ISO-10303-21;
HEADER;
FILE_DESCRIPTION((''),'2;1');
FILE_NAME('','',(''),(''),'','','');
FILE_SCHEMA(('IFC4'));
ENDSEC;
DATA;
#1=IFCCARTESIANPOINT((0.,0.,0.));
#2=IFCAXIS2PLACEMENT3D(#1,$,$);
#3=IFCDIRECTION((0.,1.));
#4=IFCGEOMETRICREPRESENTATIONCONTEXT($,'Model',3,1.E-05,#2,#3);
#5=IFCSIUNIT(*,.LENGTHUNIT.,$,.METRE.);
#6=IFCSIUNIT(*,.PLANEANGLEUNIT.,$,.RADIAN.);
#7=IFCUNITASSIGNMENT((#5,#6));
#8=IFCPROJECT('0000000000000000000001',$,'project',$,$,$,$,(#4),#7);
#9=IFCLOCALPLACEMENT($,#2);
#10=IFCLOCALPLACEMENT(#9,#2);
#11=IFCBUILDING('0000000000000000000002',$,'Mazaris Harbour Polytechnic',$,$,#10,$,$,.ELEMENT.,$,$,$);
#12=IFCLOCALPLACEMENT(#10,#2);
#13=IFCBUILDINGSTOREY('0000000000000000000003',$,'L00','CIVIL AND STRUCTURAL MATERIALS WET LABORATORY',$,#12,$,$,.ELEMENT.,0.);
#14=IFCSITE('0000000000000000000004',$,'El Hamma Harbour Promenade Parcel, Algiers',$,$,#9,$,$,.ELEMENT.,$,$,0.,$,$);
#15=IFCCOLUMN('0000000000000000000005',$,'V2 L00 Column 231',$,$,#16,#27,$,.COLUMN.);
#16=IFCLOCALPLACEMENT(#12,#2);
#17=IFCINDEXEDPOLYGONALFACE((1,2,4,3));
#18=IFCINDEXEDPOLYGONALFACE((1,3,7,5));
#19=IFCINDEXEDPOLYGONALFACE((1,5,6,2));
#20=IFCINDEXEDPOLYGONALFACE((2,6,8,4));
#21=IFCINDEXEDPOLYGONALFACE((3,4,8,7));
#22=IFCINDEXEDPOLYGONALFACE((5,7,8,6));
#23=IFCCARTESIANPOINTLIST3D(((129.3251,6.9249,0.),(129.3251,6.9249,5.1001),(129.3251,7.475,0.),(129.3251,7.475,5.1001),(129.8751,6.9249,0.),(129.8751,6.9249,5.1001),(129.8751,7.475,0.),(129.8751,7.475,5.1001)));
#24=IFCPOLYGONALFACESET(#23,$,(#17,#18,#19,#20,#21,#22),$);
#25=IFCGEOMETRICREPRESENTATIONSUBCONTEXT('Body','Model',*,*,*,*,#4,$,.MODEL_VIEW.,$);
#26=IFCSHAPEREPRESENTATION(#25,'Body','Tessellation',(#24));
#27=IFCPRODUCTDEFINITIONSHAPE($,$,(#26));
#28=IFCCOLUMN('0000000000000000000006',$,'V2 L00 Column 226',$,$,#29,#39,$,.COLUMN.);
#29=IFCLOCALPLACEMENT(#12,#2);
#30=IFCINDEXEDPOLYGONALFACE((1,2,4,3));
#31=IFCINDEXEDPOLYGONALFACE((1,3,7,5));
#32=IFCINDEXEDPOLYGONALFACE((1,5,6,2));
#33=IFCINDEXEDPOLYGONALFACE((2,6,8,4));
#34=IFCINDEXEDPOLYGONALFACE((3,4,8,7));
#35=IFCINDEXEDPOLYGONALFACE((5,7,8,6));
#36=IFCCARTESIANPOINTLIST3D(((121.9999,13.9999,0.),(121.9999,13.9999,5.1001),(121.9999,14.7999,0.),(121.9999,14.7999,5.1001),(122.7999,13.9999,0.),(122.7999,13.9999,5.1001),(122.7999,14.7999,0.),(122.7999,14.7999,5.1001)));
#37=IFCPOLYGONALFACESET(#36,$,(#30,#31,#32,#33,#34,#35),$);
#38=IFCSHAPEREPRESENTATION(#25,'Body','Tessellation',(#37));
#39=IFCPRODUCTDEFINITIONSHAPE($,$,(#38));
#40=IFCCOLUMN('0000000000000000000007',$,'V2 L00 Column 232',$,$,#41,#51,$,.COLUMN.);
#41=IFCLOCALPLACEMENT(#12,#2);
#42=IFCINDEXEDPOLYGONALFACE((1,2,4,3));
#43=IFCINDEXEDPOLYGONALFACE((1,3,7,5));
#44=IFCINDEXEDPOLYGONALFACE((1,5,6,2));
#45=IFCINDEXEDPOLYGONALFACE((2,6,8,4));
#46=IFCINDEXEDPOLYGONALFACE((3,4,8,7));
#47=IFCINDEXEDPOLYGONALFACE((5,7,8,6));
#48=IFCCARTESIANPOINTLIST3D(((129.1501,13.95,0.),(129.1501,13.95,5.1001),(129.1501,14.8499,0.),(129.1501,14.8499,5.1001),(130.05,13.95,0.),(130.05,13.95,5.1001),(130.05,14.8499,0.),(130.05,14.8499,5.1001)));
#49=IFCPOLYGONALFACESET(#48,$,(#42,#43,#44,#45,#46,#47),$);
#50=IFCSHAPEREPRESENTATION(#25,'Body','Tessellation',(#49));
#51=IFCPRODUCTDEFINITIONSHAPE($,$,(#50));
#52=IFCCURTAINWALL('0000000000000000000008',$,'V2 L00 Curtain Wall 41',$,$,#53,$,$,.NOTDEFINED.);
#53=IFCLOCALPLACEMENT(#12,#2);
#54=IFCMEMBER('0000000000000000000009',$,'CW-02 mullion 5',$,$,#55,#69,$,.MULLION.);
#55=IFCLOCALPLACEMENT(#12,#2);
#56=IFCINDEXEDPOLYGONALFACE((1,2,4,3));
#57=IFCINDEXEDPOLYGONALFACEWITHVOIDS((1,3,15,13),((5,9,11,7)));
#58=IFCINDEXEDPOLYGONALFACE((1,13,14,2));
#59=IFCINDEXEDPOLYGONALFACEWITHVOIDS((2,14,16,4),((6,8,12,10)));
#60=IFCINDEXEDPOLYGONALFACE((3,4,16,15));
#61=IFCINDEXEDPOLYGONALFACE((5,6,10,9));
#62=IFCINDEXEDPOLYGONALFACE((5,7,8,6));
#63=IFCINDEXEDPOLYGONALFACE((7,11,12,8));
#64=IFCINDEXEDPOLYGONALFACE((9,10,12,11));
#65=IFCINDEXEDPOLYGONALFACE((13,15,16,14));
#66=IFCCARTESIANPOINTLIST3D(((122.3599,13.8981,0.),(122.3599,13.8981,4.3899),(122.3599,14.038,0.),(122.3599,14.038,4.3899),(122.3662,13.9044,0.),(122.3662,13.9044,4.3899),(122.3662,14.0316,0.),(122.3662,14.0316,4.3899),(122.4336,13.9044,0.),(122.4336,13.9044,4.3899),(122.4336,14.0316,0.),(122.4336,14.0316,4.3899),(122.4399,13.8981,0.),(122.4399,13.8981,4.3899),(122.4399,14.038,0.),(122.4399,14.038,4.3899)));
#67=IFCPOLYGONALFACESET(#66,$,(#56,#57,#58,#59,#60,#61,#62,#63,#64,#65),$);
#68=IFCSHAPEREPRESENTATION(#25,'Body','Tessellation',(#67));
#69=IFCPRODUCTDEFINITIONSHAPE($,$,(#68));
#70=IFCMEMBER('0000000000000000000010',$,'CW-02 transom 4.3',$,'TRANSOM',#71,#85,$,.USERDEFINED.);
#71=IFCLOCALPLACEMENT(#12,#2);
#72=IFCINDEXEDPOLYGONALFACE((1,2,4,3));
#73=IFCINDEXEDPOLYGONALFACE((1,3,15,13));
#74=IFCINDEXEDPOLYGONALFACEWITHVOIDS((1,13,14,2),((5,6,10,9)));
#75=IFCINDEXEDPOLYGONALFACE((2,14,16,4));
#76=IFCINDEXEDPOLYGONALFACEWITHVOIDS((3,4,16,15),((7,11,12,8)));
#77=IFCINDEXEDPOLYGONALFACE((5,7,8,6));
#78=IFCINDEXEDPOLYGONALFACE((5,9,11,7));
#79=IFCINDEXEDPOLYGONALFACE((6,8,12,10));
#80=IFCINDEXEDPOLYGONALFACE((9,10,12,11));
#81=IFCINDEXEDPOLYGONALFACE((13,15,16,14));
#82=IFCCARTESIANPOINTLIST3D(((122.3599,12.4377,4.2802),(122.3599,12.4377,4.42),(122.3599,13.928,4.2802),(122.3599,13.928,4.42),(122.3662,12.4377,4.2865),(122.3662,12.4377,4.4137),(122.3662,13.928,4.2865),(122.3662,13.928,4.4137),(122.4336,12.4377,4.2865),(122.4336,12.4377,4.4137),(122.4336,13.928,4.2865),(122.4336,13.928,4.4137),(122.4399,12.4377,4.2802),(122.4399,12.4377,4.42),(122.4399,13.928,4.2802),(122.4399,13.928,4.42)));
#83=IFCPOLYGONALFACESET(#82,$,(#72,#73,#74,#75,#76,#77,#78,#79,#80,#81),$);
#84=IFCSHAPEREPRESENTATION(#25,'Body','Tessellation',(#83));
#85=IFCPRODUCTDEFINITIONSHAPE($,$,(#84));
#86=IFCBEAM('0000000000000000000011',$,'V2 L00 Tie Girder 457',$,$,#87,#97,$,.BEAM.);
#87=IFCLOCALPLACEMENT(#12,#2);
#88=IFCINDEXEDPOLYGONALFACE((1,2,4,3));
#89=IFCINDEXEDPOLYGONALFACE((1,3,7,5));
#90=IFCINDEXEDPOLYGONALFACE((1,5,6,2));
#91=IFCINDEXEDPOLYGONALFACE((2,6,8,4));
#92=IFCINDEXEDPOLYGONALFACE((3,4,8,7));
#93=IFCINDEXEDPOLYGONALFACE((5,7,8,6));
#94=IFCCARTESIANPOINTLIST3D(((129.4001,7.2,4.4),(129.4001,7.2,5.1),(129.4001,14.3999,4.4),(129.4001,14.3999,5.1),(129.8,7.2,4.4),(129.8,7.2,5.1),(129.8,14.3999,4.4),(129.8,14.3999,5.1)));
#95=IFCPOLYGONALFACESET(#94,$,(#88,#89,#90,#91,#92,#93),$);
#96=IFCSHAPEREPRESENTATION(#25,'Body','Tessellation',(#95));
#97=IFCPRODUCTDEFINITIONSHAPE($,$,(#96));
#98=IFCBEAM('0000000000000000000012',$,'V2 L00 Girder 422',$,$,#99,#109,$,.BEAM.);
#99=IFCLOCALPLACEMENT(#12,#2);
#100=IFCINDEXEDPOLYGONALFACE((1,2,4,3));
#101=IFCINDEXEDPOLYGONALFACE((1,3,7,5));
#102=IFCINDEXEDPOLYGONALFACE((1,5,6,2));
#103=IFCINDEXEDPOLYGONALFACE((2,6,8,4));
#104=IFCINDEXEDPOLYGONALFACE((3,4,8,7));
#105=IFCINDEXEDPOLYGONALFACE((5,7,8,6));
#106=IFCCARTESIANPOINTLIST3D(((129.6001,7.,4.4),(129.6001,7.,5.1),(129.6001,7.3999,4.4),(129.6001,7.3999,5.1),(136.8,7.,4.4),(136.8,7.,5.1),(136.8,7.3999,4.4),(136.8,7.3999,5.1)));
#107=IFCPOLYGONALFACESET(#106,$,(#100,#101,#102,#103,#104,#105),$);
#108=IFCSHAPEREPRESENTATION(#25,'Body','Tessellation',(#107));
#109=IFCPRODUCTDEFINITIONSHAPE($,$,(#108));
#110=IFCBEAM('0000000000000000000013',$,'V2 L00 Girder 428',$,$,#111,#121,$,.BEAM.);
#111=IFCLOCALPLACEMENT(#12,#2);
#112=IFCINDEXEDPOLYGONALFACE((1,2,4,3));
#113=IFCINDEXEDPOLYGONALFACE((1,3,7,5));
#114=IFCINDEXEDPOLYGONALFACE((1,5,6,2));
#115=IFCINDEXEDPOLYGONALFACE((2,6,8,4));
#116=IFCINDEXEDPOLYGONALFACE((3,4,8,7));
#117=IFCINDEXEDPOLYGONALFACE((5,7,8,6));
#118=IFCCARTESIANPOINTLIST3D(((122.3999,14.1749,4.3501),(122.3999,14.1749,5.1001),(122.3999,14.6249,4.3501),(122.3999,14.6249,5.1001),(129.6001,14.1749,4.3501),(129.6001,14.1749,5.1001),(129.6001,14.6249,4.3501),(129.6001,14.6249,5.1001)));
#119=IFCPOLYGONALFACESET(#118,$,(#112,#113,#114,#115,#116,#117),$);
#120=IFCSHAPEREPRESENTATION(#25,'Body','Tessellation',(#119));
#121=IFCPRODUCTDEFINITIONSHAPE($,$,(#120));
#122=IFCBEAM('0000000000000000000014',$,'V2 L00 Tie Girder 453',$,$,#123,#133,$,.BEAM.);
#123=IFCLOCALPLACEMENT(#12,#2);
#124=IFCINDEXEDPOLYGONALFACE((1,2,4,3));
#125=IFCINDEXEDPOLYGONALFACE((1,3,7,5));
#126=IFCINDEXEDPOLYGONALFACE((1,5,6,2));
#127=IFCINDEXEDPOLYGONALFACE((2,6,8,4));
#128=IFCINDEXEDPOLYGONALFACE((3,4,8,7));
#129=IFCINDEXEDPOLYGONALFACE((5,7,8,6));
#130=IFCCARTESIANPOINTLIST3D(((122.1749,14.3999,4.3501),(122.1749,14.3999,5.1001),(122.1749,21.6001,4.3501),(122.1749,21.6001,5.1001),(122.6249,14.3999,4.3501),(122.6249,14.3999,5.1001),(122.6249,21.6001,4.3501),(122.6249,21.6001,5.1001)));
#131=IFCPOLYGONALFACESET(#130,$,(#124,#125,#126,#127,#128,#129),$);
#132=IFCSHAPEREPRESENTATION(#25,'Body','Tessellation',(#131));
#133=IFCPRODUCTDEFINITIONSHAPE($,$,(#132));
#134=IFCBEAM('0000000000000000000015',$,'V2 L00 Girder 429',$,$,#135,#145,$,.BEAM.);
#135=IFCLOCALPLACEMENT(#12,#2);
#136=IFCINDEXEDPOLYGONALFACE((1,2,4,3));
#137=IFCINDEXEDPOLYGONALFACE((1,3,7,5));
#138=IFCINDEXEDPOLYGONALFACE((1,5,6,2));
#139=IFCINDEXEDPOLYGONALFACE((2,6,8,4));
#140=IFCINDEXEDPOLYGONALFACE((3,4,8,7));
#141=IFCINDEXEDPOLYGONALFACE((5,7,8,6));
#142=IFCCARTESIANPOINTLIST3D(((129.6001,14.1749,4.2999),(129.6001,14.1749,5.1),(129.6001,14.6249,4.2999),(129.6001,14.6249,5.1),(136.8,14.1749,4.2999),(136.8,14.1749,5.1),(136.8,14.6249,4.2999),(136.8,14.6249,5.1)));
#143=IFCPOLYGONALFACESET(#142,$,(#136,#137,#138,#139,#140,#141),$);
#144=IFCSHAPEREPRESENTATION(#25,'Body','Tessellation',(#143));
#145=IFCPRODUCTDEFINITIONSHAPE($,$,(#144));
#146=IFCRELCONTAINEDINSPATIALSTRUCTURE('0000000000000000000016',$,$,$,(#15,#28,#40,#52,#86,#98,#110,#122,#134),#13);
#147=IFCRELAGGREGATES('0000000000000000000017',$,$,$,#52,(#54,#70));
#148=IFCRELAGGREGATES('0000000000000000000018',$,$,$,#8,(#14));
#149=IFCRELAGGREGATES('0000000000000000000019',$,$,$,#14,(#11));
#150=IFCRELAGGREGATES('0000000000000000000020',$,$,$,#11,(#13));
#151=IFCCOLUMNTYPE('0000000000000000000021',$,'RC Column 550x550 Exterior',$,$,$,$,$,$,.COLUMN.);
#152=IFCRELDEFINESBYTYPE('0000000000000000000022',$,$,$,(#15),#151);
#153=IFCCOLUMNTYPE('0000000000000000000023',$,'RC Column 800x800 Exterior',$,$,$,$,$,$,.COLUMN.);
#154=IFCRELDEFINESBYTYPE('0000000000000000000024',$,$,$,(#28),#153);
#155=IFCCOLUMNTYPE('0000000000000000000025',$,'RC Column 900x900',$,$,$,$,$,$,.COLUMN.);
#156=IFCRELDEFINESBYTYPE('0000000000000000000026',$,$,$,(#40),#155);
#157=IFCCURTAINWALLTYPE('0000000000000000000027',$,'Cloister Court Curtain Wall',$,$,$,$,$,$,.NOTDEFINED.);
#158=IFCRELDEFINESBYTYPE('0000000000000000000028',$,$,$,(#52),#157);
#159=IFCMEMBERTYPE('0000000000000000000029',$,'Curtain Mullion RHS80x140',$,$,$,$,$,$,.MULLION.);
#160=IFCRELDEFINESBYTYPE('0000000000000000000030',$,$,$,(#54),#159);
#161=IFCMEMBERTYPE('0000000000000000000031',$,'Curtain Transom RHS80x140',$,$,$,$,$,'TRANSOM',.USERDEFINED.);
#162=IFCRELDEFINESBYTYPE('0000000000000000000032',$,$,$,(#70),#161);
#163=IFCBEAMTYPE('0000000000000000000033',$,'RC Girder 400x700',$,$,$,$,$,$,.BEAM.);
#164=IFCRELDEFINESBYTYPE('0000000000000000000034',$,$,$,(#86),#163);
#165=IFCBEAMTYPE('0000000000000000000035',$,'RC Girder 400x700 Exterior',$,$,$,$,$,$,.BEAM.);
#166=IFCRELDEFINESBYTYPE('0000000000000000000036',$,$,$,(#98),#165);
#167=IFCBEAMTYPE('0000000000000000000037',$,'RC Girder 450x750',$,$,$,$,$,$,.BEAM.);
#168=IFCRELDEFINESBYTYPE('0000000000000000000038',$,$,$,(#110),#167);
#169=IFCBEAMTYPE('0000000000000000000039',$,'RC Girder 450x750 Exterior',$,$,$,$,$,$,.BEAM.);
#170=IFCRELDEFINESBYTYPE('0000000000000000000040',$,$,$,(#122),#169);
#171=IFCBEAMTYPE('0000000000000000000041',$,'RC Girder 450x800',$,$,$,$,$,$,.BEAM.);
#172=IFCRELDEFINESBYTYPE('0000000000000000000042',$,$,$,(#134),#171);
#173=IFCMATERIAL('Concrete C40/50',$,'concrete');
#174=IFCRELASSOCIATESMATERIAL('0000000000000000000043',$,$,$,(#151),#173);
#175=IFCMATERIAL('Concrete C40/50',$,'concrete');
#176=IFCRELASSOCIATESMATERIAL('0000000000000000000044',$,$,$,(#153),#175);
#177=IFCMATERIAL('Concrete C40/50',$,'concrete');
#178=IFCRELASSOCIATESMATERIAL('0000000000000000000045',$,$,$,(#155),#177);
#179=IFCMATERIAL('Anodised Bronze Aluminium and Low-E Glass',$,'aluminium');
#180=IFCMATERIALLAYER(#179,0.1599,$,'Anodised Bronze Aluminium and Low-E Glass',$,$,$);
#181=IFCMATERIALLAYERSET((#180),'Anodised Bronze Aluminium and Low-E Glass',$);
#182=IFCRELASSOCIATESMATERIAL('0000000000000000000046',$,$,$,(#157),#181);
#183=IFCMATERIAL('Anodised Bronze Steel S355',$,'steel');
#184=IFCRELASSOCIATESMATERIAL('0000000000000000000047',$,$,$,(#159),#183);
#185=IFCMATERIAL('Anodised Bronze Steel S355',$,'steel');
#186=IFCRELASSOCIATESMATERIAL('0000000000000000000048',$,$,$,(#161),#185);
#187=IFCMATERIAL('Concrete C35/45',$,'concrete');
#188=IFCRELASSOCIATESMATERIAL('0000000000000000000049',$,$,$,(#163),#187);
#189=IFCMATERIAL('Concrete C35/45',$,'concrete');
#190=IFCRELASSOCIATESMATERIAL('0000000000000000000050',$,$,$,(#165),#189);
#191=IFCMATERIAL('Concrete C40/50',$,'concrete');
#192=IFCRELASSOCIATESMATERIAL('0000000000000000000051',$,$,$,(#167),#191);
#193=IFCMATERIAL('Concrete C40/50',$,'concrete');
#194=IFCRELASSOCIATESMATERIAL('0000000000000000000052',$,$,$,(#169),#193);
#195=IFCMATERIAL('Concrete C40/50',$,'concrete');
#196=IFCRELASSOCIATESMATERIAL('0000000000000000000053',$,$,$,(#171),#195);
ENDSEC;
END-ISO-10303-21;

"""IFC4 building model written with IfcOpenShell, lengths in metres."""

from ifc_helpers import new_model, si_unit, direction, frame, origin, origin_2d, place, context, subcontext, project, spatial, rectangle, hollow_rectangle, extrude, material, layer, layer_set, material_profile, profile_set, type_object, element, aggregate, save


model = new_model("IFC4")

# Units and contexts
model_context = context("Model", 3, precision=1e-05, world=origin(), true_north=direction((0.0, 1.0)))
body_context = subcontext(model_context, "Body", "Model", "MODEL_VIEW")
ifc_project = project(units=[si_unit("LENGTHUNIT", "METRE"), si_unit("PLANEANGLEUNIT", "RADIAN")], contexts=[model_context])

# Site, building, storey
site_placement = place(None, origin())
site = spatial("IfcSite", under=ifc_project, at=site_placement, Name="El Hamma Harbour Promenade Parcel, Algiers", CompositionType="ELEMENT", RefElevation=0.0)
building_placement = place(site_placement, origin())
building = spatial("IfcBuilding", under=site, at=building_placement, Name="Mazaris Harbour Polytechnic", CompositionType="ELEMENT")
storey_placement = place(building_placement, origin())
storey = spatial("IfcBuildingStorey", under=building, at=storey_placement, Name="L00", Description="CIVIL AND STRUCTURAL MATERIALS WET LABORATORY", CompositionType="ELEMENT", Elevation=0.0)

# Columns
ifc_material_1 = material(Name="Concrete C40/50", Category="concrete")
ifc_material_profile_1 = material_profile(ifc_material_1, rectangle(XDim=0.55, YDim=0.55, at=origin_2d()), Name="RECT550x550")
ifc_profile_set_1 = profile_set([ifc_material_profile_1], Name="Concrete C40/50")
column_type_1 = type_object("IfcColumnType", Name="RC Column 550x550 Exterior", PredefinedType="COLUMN", material=ifc_profile_set_1)
column_1_placement = place(storey_placement, frame((129.6001, 7.2, 0.0), z_axis=(0.0, 0.0, 1.0), x_axis=(1.0, 0.0, 0.0)))
element("IfcColumn", 1, at=column_1_placement, inside=storey, type_object=column_type_1, Name="V2 L00 Column 231", PredefinedType="COLUMN", context=body_context, shape_type="SweptSolid", body=[
    extrude(rectangle(XDim=0.55, YDim=0.55, at=origin_2d()), origin(), (0.0, 0.0, 1.0), 5.1001),
])
ifc_material_2 = material(Name="Concrete C40/50", Category="concrete")
ifc_material_profile_2 = material_profile(ifc_material_2, rectangle(XDim=0.8, YDim=0.8, at=origin_2d()), Name="RECT800x800")
ifc_profile_set_2 = profile_set([ifc_material_profile_2], Name="Concrete C40/50")
column_type_2 = type_object("IfcColumnType", Name="RC Column 800x800 Exterior", PredefinedType="COLUMN", material=ifc_profile_set_2)
column_2_placement = place(storey_placement, frame((122.3999, 14.3999, 0.0), z_axis=(0.0, 0.0, 1.0), x_axis=(1.0, 0.0, 0.0)))
element("IfcColumn", 2, at=column_2_placement, inside=storey, type_object=column_type_2, Name="V2 L00 Column 226", PredefinedType="COLUMN", context=body_context, shape_type="SweptSolid", body=[
    extrude(rectangle(XDim=0.8, YDim=0.8, at=origin_2d()), origin(), (0.0, 0.0, 1.0), 5.1001),
])
ifc_material_3 = material(Name="Concrete C40/50", Category="concrete")
ifc_material_profile_3 = material_profile(ifc_material_3, rectangle(XDim=0.8999, YDim=0.8999, at=origin_2d()), Name="RECT900x900")
ifc_profile_set_3 = profile_set([ifc_material_profile_3], Name="Concrete C40/50")
column_type_3 = type_object("IfcColumnType", Name="RC Column 900x900", PredefinedType="COLUMN", material=ifc_profile_set_3)
column_3_placement = place(storey_placement, frame((129.6001, 14.3999, 0.0), z_axis=(0.0, 0.0, 1.0), x_axis=(1.0, 0.0, 0.0)))
element("IfcColumn", 3, at=column_3_placement, inside=storey, type_object=column_type_3, Name="V2 L00 Column 232", PredefinedType="COLUMN", context=body_context, shape_type="SweptSolid", body=[
    extrude(rectangle(XDim=0.8999, YDim=0.8999, at=origin_2d()), origin(), (0.0, 0.0, 1.0), 5.1001),
])

# Curtain wall, members
ifc_material_4 = material(Name="Anodised Bronze Aluminium and Low-E Glass", Category="aluminium")
ifc_layer_1 = layer(ifc_material_4, 0.1599, Name="Anodised Bronze Aluminium and Low-E Glass")
ifc_layer_set_1 = layer_set([ifc_layer_1], Name="Anodised Bronze Aluminium and Low-E Glass")
curtain_wall_type = type_object("IfcCurtainWallType", Name="Cloister Court Curtain Wall", PredefinedType="NOTDEFINED", material=ifc_layer_set_1)
curtain_wall_placement = place(storey_placement, origin())
curtain_wall = element("IfcCurtainWall", 4, at=curtain_wall_placement, inside=storey, type_object=curtain_wall_type, Name="V2 L00 Curtain Wall 41", PredefinedType="NOTDEFINED")
ifc_material_5 = material(Name="Anodised Bronze Steel S355", Category="steel")
ifc_material_profile_4 = material_profile(ifc_material_5, hollow_rectangle(XDim=0.0801, YDim=0.1399, WallThickness=0.0063, at=origin_2d()), Name="RHS 80x140x6.3")
ifc_profile_set_4 = profile_set([ifc_material_profile_4], Name="Anodised Bronze Steel S355")
member_type_1 = type_object("IfcMemberType", Name="Curtain Mullion RHS80x140", PredefinedType="MULLION", material=ifc_profile_set_4)
member_1_placement = place(storey_placement, frame((122.3999, 13.968, 0.0), z_axis=(0.0, 0.0, 1.0), x_axis=(-1.0, 0.0, 0.0)))
member_1 = element("IfcMember", 5, at=member_1_placement, type_object=member_type_1, Name="CW-02 mullion 5", PredefinedType="MULLION", context=body_context, shape_type="SweptSolid", body=[
    extrude(hollow_rectangle(XDim=0.0801, YDim=0.1399, WallThickness=0.0063, at=origin_2d()), origin(), (0.0, 0.0, 1.0), 4.3899),
])
ifc_material_6 = material(Name="Anodised Bronze Steel S355", Category="steel")
ifc_material_profile_5 = material_profile(ifc_material_6, hollow_rectangle(XDim=0.0801, YDim=0.1399, WallThickness=0.0063, at=origin_2d()), Name="RHS 80x140x6.3")
ifc_profile_set_5 = profile_set([ifc_material_profile_5], Name="Anodised Bronze Steel S355")
member_type_2 = type_object("IfcMemberType", Name="Curtain Transom RHS80x140", ElementType="TRANSOM", PredefinedType="USERDEFINED", material=ifc_profile_set_5)
member_2_placement = place(storey_placement, frame((122.3999, 12.4377, 4.3501), z_axis=(0.0, 1.0, 0.0), x_axis=(-1.0, 0.0, 0.0)))
member_2 = element("IfcMember", 6, at=member_2_placement, type_object=member_type_2, Name="CW-02 transom 4.3", ObjectType="TRANSOM", PredefinedType="USERDEFINED", context=body_context, shape_type="SweptSolid", body=[
    extrude(hollow_rectangle(XDim=0.0801, YDim=0.1399, WallThickness=0.0063, at=origin_2d()), origin(), (0.0, 0.0, 1.0), 1.4902),
])

# Beams
ifc_material_7 = material(Name="Concrete C35/45", Category="concrete")
ifc_material_profile_6 = material_profile(ifc_material_7, rectangle(XDim=0.3999, YDim=0.7, at=origin_2d()), Name="RECT400x700")
ifc_profile_set_6 = profile_set([ifc_material_profile_6], Name="Concrete C35/45")
beam_type_1 = type_object("IfcBeamType", Name="RC Girder 400x700", PredefinedType="BEAM", material=ifc_profile_set_6)
beam_1_placement = place(storey_placement, frame((129.6001, 7.2, 4.75), z_axis=(0.0, 1.0, 0.0), x_axis=(-1.0, 0.0, 0.0)))
element("IfcBeam", 7, at=beam_1_placement, inside=storey, type_object=beam_type_1, Name="V2 L00 Tie Girder 457", PredefinedType="BEAM", context=body_context, shape_type="SweptSolid", body=[
    extrude(rectangle(XDim=0.3999, YDim=0.7, at=origin_2d()), origin(), (0.0, 0.0, 1.0), 7.2),
])
ifc_material_8 = material(Name="Concrete C35/45", Category="concrete")
ifc_material_profile_7 = material_profile(ifc_material_8, rectangle(XDim=0.3999, YDim=0.7, at=origin_2d()), Name="RECT400x700")
ifc_profile_set_7 = profile_set([ifc_material_profile_7], Name="Concrete C35/45")
beam_type_2 = type_object("IfcBeamType", Name="RC Girder 400x700 Exterior", PredefinedType="BEAM", material=ifc_profile_set_7)
beam_2_placement = place(storey_placement, frame((129.6001, 7.2, 4.75), z_axis=(1.0, 0.0, 0.0), x_axis=(0.0, 1.0, 0.0)))
element("IfcBeam", 8, at=beam_2_placement, inside=storey, type_object=beam_type_2, Name="V2 L00 Girder 422", PredefinedType="BEAM", context=body_context, shape_type="SweptSolid", body=[
    extrude(rectangle(XDim=0.3999, YDim=0.7, at=origin_2d()), origin(), (0.0, 0.0, 1.0), 7.2),
])
ifc_material_9 = material(Name="Concrete C40/50", Category="concrete")
ifc_material_profile_8 = material_profile(ifc_material_9, rectangle(XDim=0.45, YDim=0.75, at=origin_2d()), Name="RECT450x750")
ifc_profile_set_8 = profile_set([ifc_material_profile_8], Name="Concrete C40/50")
beam_type_3 = type_object("IfcBeamType", Name="RC Girder 450x750", PredefinedType="BEAM", material=ifc_profile_set_8)
beam_3_placement = place(storey_placement, frame((122.3999, 14.3999, 4.7251), z_axis=(1.0, 0.0, 0.0), x_axis=(0.0, 1.0, 0.0)))
element("IfcBeam", 9, at=beam_3_placement, inside=storey, type_object=beam_type_3, Name="V2 L00 Girder 428", PredefinedType="BEAM", context=body_context, shape_type="SweptSolid", body=[
    extrude(rectangle(XDim=0.45, YDim=0.75, at=origin_2d()), origin(), (0.0, 0.0, 1.0), 7.2002),
])
ifc_material_10 = material(Name="Concrete C40/50", Category="concrete")
ifc_material_profile_9 = material_profile(ifc_material_10, rectangle(XDim=0.45, YDim=0.75, at=origin_2d()), Name="RECT450x750")
ifc_profile_set_9 = profile_set([ifc_material_profile_9], Name="Concrete C40/50")
beam_type_4 = type_object("IfcBeamType", Name="RC Girder 450x750 Exterior", PredefinedType="BEAM", material=ifc_profile_set_9)
beam_4_placement = place(storey_placement, frame((122.3999, 14.3999, 4.7251), z_axis=(0.0, 1.0, 0.0), x_axis=(-1.0, 0.0, 0.0)))
element("IfcBeam", 10, at=beam_4_placement, inside=storey, type_object=beam_type_4, Name="V2 L00 Tie Girder 453", PredefinedType="BEAM", context=body_context, shape_type="SweptSolid", body=[
    extrude(rectangle(XDim=0.45, YDim=0.75, at=origin_2d()), origin(), (0.0, 0.0, 1.0), 7.2002),
])
ifc_material_11 = material(Name="Concrete C40/50", Category="concrete")
ifc_material_profile_10 = material_profile(ifc_material_11, rectangle(XDim=0.45, YDim=0.8, at=origin_2d()), Name="RECT450x800")
ifc_profile_set_10 = profile_set([ifc_material_profile_10], Name="Concrete C40/50")
beam_type_5 = type_object("IfcBeamType", Name="RC Girder 450x800", PredefinedType="BEAM", material=ifc_profile_set_10)
beam_5_placement = place(storey_placement, frame((129.6001, 14.3999, 4.7), z_axis=(1.0, 0.0, 0.0), x_axis=(0.0, 1.0, 0.0)))
element("IfcBeam", 11, at=beam_5_placement, inside=storey, type_object=beam_type_5, Name="V2 L00 Girder 429", PredefinedType="BEAM", context=body_context, shape_type="SweptSolid", body=[
    extrude(rectangle(XDim=0.45, YDim=0.8, at=origin_2d()), origin(), (0.0, 0.0, 1.0), 7.2),
])

aggregate(curtain_wall, [member_1, member_2])

save(model, "model.ifc")
